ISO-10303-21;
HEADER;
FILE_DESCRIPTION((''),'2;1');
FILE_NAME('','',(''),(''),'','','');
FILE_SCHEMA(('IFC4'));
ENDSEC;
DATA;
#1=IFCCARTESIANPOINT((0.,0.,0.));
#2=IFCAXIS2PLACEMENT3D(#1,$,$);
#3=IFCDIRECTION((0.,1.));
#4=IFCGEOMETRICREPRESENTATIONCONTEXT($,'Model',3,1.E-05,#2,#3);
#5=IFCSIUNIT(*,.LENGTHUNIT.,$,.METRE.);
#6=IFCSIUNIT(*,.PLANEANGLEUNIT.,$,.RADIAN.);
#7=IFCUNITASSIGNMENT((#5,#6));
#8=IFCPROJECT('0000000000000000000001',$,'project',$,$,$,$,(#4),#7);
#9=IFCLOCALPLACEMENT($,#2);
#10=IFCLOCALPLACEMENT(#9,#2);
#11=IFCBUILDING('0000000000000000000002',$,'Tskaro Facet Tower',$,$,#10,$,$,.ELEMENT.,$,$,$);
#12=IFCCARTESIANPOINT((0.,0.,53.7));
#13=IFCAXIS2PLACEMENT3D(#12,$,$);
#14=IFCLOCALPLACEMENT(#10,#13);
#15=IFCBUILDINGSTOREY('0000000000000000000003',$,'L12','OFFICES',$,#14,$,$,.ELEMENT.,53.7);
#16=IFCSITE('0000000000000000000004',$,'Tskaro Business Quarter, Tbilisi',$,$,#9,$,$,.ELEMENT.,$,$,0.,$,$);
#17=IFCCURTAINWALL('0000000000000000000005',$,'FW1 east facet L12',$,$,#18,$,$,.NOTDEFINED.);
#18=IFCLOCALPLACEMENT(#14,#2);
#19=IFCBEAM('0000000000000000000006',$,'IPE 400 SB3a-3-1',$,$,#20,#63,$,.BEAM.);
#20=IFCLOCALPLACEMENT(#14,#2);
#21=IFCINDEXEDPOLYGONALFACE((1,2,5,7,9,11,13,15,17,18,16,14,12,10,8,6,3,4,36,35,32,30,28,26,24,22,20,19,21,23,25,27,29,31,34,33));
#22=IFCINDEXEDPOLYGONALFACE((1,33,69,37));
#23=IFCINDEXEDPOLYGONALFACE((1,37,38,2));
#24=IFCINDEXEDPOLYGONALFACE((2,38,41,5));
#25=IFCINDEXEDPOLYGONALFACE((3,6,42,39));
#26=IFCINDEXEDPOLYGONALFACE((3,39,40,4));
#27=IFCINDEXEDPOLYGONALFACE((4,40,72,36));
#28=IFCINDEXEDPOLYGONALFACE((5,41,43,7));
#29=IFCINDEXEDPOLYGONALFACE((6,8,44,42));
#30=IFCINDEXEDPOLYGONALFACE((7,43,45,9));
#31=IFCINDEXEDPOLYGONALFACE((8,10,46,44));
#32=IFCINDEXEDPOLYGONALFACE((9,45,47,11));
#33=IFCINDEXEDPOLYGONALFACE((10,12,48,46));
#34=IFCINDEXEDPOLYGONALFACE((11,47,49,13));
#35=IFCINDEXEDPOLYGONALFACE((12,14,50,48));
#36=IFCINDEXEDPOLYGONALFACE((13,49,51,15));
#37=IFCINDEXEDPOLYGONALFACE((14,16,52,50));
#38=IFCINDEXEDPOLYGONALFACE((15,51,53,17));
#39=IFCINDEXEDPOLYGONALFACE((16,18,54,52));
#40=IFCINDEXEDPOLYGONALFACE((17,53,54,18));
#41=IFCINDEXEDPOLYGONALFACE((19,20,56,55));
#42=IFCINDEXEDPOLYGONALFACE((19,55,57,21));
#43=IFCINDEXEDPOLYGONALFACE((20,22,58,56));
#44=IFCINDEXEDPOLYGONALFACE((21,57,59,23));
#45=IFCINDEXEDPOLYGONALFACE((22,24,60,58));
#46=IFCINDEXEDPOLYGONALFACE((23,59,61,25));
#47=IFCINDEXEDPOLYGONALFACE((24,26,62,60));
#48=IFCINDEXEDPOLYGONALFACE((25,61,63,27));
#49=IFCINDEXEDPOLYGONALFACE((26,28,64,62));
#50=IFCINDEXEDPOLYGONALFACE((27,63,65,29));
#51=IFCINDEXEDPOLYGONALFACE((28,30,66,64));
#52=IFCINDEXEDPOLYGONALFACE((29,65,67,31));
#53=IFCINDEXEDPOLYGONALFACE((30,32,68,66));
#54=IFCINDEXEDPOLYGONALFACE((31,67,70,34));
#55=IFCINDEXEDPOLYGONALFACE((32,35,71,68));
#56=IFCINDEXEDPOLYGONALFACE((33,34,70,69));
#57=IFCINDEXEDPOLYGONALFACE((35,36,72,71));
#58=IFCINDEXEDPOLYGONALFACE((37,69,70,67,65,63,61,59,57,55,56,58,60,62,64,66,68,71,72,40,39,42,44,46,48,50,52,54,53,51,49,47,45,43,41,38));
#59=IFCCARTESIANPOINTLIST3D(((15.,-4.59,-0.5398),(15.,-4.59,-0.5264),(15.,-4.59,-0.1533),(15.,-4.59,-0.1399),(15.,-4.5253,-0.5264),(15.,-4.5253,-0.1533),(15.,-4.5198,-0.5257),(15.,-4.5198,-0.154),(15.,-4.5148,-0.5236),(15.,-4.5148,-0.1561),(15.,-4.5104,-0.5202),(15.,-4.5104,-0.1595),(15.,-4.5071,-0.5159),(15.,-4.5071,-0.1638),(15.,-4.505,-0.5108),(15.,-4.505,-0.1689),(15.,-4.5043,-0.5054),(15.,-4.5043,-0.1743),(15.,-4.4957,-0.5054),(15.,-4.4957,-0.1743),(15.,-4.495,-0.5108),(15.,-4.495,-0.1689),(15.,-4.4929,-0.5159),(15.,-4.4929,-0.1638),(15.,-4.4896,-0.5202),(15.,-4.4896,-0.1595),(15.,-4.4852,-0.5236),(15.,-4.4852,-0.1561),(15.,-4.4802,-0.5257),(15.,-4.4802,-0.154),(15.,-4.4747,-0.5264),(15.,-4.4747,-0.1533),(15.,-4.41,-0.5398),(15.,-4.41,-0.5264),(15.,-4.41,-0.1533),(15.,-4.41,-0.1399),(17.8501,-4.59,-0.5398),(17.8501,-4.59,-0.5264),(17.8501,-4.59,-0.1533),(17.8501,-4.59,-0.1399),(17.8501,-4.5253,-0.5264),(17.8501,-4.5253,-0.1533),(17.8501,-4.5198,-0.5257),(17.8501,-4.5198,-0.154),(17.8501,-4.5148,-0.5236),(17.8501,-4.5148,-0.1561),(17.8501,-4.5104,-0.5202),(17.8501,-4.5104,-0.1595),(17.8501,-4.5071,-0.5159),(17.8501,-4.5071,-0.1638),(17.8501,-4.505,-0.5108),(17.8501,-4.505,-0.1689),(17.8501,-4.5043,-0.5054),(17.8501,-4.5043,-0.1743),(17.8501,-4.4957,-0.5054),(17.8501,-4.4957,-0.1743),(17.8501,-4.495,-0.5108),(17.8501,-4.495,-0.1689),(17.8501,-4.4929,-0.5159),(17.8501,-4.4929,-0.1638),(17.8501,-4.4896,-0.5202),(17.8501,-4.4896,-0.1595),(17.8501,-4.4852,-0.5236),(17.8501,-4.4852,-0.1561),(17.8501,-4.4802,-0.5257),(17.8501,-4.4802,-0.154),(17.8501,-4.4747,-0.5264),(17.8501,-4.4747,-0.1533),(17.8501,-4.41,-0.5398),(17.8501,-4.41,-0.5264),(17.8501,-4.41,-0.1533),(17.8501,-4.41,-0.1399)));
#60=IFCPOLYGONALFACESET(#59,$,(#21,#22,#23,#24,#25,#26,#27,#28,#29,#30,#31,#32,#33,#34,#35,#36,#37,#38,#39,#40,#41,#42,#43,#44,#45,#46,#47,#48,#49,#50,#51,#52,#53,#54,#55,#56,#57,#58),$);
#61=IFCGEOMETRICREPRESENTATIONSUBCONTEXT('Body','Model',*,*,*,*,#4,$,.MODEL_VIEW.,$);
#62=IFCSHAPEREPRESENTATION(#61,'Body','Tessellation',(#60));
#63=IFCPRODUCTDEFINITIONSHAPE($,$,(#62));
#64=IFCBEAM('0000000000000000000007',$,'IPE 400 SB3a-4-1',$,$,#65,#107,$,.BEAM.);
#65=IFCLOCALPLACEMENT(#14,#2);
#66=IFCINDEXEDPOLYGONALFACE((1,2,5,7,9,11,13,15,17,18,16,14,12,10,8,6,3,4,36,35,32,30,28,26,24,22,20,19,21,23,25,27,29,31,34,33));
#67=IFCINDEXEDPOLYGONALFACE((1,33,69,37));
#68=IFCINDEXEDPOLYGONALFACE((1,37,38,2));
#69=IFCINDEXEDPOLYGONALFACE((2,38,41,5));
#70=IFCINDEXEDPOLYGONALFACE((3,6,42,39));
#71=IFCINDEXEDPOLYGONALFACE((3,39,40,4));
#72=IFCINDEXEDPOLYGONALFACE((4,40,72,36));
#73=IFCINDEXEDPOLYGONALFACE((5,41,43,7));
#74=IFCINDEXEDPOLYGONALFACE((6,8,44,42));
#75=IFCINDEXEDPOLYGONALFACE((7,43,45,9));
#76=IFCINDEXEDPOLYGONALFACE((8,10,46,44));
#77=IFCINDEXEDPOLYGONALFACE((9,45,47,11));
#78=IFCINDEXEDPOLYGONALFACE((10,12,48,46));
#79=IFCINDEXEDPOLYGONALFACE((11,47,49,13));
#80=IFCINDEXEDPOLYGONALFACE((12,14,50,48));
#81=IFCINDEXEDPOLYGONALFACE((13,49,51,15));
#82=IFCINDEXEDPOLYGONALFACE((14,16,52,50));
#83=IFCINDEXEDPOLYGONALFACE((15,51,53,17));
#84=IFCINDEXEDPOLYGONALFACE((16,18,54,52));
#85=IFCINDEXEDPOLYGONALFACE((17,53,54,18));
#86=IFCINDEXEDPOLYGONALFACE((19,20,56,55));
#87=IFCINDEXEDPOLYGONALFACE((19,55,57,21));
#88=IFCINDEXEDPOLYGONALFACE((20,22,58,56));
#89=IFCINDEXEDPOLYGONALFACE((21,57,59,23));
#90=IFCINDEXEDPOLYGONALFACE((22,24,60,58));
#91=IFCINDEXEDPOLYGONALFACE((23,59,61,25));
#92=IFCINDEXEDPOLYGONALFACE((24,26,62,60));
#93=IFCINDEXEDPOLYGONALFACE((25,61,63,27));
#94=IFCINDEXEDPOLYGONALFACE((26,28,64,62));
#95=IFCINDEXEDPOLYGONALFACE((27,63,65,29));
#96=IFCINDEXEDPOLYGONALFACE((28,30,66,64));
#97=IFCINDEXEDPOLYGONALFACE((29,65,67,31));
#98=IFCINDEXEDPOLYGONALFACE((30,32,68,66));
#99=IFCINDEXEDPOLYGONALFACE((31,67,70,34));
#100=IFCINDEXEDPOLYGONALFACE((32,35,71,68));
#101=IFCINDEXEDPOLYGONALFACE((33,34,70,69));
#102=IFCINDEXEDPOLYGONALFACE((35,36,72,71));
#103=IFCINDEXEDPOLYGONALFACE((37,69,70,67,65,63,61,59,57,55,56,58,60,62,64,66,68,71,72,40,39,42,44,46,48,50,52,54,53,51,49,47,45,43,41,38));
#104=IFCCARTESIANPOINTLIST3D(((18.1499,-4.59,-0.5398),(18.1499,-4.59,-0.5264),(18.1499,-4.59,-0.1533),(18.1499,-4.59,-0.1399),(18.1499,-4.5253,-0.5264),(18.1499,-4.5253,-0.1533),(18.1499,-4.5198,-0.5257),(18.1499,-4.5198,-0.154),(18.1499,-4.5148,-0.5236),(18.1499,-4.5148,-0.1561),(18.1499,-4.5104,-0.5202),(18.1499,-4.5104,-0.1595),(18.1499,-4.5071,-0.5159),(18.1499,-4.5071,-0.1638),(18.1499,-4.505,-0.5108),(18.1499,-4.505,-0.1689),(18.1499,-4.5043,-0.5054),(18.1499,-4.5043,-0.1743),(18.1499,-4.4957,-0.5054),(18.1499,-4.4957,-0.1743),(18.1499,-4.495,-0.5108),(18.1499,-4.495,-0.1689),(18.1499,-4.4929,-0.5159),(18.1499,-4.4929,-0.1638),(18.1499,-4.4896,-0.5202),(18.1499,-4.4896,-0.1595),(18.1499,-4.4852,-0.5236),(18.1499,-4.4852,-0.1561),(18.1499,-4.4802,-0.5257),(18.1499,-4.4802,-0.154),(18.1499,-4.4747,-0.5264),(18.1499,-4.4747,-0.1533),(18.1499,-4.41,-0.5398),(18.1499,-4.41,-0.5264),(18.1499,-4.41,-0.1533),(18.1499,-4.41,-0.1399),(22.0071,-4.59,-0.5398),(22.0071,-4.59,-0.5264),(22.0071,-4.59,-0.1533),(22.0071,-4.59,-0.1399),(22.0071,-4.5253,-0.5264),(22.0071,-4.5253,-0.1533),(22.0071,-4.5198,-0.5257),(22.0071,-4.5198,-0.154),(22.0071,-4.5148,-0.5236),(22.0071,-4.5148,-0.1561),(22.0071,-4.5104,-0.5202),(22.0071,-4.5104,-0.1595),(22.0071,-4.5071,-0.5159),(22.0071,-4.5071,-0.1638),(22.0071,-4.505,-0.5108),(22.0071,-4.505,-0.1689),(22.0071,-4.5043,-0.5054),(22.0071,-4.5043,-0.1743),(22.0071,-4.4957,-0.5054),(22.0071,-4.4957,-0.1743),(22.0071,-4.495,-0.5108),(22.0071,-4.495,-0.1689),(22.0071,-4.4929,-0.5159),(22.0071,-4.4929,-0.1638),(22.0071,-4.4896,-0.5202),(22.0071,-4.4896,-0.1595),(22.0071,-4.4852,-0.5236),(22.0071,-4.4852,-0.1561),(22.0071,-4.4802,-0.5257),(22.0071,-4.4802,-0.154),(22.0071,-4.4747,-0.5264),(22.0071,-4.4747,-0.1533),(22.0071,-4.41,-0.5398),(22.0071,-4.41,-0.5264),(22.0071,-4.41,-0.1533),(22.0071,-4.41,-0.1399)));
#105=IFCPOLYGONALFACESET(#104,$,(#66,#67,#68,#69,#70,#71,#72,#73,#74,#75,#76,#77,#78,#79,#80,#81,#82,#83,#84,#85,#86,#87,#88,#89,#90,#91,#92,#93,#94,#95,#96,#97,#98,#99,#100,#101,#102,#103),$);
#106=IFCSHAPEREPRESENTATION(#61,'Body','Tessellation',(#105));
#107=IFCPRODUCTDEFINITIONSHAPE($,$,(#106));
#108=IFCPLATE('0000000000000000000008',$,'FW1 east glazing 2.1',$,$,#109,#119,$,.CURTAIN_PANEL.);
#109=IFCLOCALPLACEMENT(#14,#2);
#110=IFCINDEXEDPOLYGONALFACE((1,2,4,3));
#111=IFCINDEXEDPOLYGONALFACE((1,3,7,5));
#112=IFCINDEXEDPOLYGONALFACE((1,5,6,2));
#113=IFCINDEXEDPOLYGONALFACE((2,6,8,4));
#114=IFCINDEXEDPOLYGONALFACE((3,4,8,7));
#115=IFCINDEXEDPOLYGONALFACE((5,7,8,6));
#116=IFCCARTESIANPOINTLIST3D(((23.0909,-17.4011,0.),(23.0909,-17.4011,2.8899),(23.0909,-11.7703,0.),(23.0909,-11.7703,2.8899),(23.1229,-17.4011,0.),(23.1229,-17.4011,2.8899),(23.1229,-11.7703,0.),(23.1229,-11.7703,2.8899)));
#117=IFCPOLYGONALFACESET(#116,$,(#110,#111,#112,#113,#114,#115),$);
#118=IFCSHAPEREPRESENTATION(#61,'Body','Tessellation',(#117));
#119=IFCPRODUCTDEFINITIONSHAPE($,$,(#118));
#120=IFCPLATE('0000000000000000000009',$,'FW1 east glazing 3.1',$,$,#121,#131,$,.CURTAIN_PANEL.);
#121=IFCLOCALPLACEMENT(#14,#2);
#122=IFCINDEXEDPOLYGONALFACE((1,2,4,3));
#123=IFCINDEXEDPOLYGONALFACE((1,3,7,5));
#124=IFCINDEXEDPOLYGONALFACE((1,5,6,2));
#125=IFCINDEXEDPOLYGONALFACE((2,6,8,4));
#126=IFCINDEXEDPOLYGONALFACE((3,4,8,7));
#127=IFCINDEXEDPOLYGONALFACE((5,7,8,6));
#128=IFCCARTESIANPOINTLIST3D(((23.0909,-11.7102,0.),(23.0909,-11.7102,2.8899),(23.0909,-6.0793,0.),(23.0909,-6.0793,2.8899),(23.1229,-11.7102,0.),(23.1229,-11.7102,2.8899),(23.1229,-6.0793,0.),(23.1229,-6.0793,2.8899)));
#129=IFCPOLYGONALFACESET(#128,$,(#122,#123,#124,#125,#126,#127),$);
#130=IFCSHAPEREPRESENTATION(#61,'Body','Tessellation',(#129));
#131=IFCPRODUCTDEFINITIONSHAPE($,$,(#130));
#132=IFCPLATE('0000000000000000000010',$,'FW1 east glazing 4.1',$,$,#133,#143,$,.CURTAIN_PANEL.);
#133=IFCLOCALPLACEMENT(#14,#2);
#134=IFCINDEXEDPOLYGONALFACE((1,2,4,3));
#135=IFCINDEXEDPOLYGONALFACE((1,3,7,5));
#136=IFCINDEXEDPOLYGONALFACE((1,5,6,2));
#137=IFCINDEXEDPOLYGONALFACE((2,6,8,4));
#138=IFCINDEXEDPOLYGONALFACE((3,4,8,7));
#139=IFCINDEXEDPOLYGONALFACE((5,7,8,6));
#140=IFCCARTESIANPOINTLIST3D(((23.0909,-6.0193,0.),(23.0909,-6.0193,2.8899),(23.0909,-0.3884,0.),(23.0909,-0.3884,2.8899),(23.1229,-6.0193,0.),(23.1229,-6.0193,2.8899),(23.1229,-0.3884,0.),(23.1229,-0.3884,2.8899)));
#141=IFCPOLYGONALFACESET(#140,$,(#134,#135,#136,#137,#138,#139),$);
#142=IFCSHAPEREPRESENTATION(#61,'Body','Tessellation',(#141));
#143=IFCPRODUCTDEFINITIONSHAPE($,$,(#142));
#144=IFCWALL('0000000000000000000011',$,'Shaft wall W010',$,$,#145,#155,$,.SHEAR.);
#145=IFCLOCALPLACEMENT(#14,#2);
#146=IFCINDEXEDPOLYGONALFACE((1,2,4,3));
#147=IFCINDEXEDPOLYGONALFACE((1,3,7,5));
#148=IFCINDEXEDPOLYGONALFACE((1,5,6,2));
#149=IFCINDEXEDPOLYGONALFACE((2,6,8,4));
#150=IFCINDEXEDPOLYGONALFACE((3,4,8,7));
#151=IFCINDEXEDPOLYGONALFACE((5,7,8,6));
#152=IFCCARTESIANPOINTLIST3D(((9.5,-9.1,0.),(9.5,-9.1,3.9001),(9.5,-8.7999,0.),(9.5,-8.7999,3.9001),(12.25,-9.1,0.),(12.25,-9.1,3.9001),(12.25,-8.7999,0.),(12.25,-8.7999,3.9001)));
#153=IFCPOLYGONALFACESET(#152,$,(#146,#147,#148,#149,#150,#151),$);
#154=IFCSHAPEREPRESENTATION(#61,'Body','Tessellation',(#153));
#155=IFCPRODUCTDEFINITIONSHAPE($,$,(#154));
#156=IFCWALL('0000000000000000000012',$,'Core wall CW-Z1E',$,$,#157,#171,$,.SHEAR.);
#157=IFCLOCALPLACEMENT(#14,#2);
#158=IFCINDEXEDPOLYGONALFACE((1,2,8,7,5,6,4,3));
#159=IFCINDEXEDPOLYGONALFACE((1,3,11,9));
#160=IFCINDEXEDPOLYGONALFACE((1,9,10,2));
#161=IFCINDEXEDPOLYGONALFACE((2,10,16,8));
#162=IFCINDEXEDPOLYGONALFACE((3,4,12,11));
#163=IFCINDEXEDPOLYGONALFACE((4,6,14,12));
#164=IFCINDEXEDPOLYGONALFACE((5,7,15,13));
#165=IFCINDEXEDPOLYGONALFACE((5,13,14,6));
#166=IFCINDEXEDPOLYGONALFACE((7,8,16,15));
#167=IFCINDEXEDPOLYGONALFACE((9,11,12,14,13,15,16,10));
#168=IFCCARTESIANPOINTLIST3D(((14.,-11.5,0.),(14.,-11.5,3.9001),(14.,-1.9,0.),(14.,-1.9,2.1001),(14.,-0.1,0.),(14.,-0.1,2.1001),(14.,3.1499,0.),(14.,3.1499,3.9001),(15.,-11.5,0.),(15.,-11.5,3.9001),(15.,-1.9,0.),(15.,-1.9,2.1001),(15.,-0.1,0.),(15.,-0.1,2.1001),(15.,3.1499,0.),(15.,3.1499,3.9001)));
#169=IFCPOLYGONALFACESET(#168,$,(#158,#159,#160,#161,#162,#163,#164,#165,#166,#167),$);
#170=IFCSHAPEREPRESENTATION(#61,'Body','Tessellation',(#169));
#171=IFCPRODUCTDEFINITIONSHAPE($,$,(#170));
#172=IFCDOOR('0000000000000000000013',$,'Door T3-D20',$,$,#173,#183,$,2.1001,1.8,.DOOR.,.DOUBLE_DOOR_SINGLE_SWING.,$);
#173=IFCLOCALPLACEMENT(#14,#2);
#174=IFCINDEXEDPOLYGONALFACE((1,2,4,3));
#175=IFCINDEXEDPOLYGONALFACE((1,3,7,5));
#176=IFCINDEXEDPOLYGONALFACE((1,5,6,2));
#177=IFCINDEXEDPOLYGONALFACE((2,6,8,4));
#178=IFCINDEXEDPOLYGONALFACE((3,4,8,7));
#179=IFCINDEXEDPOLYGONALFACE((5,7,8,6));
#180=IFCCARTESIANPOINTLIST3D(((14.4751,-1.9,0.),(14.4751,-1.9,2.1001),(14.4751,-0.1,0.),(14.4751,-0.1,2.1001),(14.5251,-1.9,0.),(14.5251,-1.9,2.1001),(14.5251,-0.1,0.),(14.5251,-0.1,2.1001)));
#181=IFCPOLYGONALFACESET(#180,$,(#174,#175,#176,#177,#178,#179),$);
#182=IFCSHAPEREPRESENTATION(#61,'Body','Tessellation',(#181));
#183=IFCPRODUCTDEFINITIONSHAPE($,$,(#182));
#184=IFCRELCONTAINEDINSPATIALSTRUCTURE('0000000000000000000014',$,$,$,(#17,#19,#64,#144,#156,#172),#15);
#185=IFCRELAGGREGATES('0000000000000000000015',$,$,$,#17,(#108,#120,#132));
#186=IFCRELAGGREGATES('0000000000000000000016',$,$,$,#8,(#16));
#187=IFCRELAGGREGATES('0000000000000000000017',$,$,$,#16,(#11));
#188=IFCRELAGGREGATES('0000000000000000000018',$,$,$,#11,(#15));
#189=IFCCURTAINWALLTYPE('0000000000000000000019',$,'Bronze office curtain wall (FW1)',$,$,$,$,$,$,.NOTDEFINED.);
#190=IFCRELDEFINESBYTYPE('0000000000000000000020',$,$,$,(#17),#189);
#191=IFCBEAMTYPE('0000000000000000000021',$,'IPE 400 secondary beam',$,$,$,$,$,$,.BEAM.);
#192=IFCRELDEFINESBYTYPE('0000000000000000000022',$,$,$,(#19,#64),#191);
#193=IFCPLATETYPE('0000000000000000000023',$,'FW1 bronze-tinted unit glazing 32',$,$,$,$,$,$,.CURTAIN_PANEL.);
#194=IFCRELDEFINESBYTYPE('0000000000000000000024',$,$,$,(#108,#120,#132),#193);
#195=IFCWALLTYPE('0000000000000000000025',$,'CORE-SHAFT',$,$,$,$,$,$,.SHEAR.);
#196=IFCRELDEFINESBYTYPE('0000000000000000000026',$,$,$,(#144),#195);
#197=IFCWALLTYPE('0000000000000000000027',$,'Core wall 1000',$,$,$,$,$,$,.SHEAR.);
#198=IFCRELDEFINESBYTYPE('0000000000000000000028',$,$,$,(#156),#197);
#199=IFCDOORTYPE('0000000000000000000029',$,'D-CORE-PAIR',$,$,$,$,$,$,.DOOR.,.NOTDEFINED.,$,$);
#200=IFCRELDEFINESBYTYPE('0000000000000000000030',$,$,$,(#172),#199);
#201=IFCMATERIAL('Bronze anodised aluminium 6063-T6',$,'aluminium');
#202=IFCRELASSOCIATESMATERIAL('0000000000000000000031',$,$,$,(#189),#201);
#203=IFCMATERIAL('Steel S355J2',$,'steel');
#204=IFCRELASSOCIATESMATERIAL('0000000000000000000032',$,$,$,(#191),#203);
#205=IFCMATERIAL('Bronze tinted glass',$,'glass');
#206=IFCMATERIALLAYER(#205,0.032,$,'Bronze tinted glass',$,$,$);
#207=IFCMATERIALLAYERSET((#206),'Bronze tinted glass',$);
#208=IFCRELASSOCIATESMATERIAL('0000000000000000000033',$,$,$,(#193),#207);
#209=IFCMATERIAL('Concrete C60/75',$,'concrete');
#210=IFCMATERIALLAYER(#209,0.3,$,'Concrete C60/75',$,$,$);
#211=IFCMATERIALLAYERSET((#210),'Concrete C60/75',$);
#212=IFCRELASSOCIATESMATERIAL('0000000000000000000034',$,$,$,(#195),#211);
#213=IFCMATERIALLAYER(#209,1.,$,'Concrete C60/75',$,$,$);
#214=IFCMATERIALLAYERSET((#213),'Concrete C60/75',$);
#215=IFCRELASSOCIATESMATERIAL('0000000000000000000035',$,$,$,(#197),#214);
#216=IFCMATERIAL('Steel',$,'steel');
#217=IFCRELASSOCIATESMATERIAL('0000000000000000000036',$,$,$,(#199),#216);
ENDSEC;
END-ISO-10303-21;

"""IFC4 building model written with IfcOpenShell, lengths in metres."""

from ifc_helpers import new_model, si_unit, direction, frame, frame_2d, origin, origin_2d, place, context, subcontext, project, spatial, rectangle, i_section, extrude, material, layer, layer_set, material_profile, profile_set, type_object, element, fill, aggregate, save


model = new_model("IFC4")

# Units and contexts
model_context = context("Model", 3, precision=1e-05, world=origin(), true_north=direction((0.0, 1.0)))
body_context = subcontext(model_context, "Body", "Model", "MODEL_VIEW")
ifc_project = project(units=[si_unit("LENGTHUNIT", "METRE"), si_unit("PLANEANGLEUNIT", "RADIAN")], contexts=[model_context])

# Site, building, storey
site_placement = place(None, origin())
site = spatial("IfcSite", under=ifc_project, at=site_placement, Name="Tskaro Business Quarter, Tbilisi", CompositionType="ELEMENT", RefElevation=0.0)
building_placement = place(site_placement, origin())
building = spatial("IfcBuilding", under=site, at=building_placement, Name="Tskaro Facet Tower", CompositionType="ELEMENT")
storey_placement = place(building_placement, frame((0.0, 0.0, 53.7)))
storey = spatial("IfcBuildingStorey", under=building, at=storey_placement, Name="L12", Description="OFFICES", CompositionType="ELEMENT", Elevation=53.7)

# Curtain wall
ifc_material_1 = material(Name="Bronze anodised aluminium 6063-T6", Category="aluminium")
curtain_wall_type = type_object("IfcCurtainWallType", Name="Bronze office curtain wall (FW1)", PredefinedType="NOTDEFINED", material=ifc_material_1)
curtain_wall_placement = place(storey_placement, origin())
curtain_wall = element("IfcCurtainWall", 1, at=curtain_wall_placement, inside=storey, type_object=curtain_wall_type, Name="FW1 east facet L12", PredefinedType="NOTDEFINED")

# Beams
ifc_material_2 = material(Name="Steel S355J2", Category="steel")
ifc_material_profile_1 = material_profile(ifc_material_2, i_section(OverallWidth=0.1799, OverallDepth=0.3999, WebThickness=0.0085, FlangeThickness=0.0134, FilletRadius=0.021, at=origin_2d()), Name="IPE 400")
ifc_profile_set_1 = profile_set([ifc_material_profile_1], Name="Steel S355J2")
beam_type_1 = type_object("IfcBeamType", Name="IPE 400 secondary beam", PredefinedType="BEAM", material=ifc_profile_set_1)
beam_1_placement = place(storey_placement, frame((15.0, -4.5, -0.3398), z_axis=(1.0, 0.0, 0.0), x_axis=(0.0, 1.0, 0.0)))
element("IfcBeam", 2, at=beam_1_placement, inside=storey, type_object=beam_type_1, Name="IPE 400 SB3a-3-1", PredefinedType="BEAM", context=body_context, shape_type="SweptSolid", body=[
    extrude(i_section(OverallWidth=0.1799, OverallDepth=0.3999, WebThickness=0.0085, FlangeThickness=0.0134, FilletRadius=0.021, at=origin_2d()), origin(), (0.0, 0.0, 1.0), 2.8501),
])
beam_2_placement = place(storey_placement, frame((18.1499, -4.5, -0.3398), z_axis=(1.0, 0.0, 0.0), x_axis=(0.0, 1.0, 0.0)))
element("IfcBeam", 3, at=beam_2_placement, inside=storey, type_object=beam_type_1, Name="IPE 400 SB3a-4-1", PredefinedType="BEAM", context=body_context, shape_type="SweptSolid", body=[
    extrude(i_section(OverallWidth=0.1799, OverallDepth=0.3999, WebThickness=0.0085, FlangeThickness=0.0134, FilletRadius=0.021, at=origin_2d()), origin(), (0.0, 0.0, 1.0), 3.8572),
])

# Plates
ifc_material_3 = material(Name="Bronze tinted glass", Category="glass")
ifc_layer_1 = layer(ifc_material_3, 0.032, Name="Bronze tinted glass")
ifc_layer_set_1 = layer_set([ifc_layer_1], Name="Bronze tinted glass")
plate_type = type_object("IfcPlateType", Name="FW1 bronze-tinted unit glazing 32", PredefinedType="CURTAIN_PANEL", material=ifc_layer_set_1)
plate_1_placement = place(storey_placement, frame((23.1069, -14.5857, 0.0), z_axis=(0.0, 0.0, 1.0), x_axis=(0.0, 1.0, 0.0)))
plate_1 = element("IfcPlate", 4, at=plate_1_placement, type_object=plate_type, Name="FW1 east glazing 2.1", PredefinedType="CURTAIN_PANEL", context=body_context, shape_type="SweptSolid", body=[
    extrude(rectangle(XDim=5.6309, YDim=0.032, at=origin_2d()), origin(), (0.0, 0.0, 1.0), 2.8899),
])
plate_2_placement = place(storey_placement, frame((23.1069, -8.8948, 0.0), z_axis=(0.0, 0.0, 1.0), x_axis=(0.0, 1.0, 0.0)))
plate_2 = element("IfcPlate", 5, at=plate_2_placement, type_object=plate_type, Name="FW1 east glazing 3.1", PredefinedType="CURTAIN_PANEL", context=body_context, shape_type="SweptSolid", body=[
    extrude(rectangle(XDim=5.6309, YDim=0.032, at=origin_2d()), origin(), (0.0, 0.0, 1.0), 2.8899),
])
plate_3_placement = place(storey_placement, frame((23.1069, -3.2039, 0.0), z_axis=(0.0, 0.0, 1.0), x_axis=(0.0, 1.0, 0.0)))
plate_3 = element("IfcPlate", 6, at=plate_3_placement, type_object=plate_type, Name="FW1 east glazing 4.1", PredefinedType="CURTAIN_PANEL", context=body_context, shape_type="SweptSolid", body=[
    extrude(rectangle(XDim=5.6309, YDim=0.032, at=origin_2d()), origin(), (0.0, 0.0, 1.0), 2.8899),
])
aggregate(curtain_wall, [plate_1, plate_2, plate_3])

# Wall
ifc_material_4 = material(Name="Concrete C60/75", Category="concrete")
ifc_layer_2 = layer(ifc_material_4, 0.3, Name="Concrete C60/75")
ifc_layer_set_2 = layer_set([ifc_layer_2], Name="Concrete C60/75")
wall_type_1 = type_object("IfcWallType", Name="CORE-SHAFT", PredefinedType="SHEAR", material=ifc_layer_set_2)
wall_1_placement = place(storey_placement, frame((9.5, -8.95, 0.0), z_axis=(0.0, 0.0, 1.0), x_axis=(1.0, 0.0, 0.0)))
element("IfcWall", 7, at=wall_1_placement, inside=storey, type_object=wall_type_1, Name="Shaft wall W010", PredefinedType="SHEAR", context=body_context, shape_type="SweptSolid", body=[
    extrude(rectangle(XDim=2.75, YDim=0.3, at=frame_2d((1.375, 0.0))), origin(), (0.0, 0.0, 1.0), 3.9001),
])

# Wall, opening, door
ifc_layer_3 = layer(ifc_material_4, 1.0, Name="Concrete C60/75")
ifc_layer_set_3 = layer_set([ifc_layer_3], Name="Concrete C60/75")
wall_type_2 = type_object("IfcWallType", Name="Core wall 1000", PredefinedType="SHEAR", material=ifc_layer_set_3)
wall_2_placement = place(storey_placement, frame((14.5, -11.5, 0.0), z_axis=(0.0, 0.0, 1.0), x_axis=(0.0, 1.0, 0.0)))
wall_2 = element("IfcWall", 8, at=wall_2_placement, inside=storey, type_object=wall_type_2, Name="Core wall CW-Z1E", PredefinedType="SHEAR", context=body_context, shape_type="SweptSolid", body=[
    extrude(rectangle(XDim=14.6499, YDim=1.0, at=frame_2d((7.325, 0.0))), origin(), (0.0, 0.0, 1.0), 3.9001),
])
opening_1_placement = place(wall_2_placement, frame((9.6001, 0.0, 0.0)))
opening_1 = element("IfcOpeningElement", 9, at=opening_1_placement, cuts=wall_2, PredefinedType="OPENING", context=body_context, shape_type="SweptSolid", body=[
    extrude(rectangle(XDim=1.8, YDim=2.1001, at=frame_2d((0.8999, 1.05))), frame((0.0, 0.51, 0.0), z_axis=(0.0, -1.0, 0.0), x_axis=(1.0, 0.0, 0.0)), (0.0, 0.0, 1.0), 1.02),
])
ifc_material_5 = material(Name="Steel", Category="steel")
door_type_1 = type_object("IfcDoorType", Name="D-CORE-PAIR", OperationType="NOTDEFINED", PredefinedType="DOOR", material=ifc_material_5)
door_1_placement = place(opening_1_placement, origin())
door_1 = element("IfcDoor", 10, at=door_1_placement, inside=storey, type_object=door_type_1, Name="Door T3-D20", OperationType="DOUBLE_DOOR_SINGLE_SWING", OverallHeight=2.1001, OverallWidth=1.8, PredefinedType="DOOR", context=body_context, shape_type="SweptSolid", body=[
    extrude(rectangle(XDim=1.8, YDim=2.1001, at=frame_2d((0.8999, 1.05))), frame((0.0, 0.0249, 0.0), z_axis=(0.0, -1.0, 0.0), x_axis=(1.0, 0.0, 0.0)), (0.0, 0.0, 1.0), 0.05),
])
fill(opening_1, door_1)

save(model, "model.ifc")
